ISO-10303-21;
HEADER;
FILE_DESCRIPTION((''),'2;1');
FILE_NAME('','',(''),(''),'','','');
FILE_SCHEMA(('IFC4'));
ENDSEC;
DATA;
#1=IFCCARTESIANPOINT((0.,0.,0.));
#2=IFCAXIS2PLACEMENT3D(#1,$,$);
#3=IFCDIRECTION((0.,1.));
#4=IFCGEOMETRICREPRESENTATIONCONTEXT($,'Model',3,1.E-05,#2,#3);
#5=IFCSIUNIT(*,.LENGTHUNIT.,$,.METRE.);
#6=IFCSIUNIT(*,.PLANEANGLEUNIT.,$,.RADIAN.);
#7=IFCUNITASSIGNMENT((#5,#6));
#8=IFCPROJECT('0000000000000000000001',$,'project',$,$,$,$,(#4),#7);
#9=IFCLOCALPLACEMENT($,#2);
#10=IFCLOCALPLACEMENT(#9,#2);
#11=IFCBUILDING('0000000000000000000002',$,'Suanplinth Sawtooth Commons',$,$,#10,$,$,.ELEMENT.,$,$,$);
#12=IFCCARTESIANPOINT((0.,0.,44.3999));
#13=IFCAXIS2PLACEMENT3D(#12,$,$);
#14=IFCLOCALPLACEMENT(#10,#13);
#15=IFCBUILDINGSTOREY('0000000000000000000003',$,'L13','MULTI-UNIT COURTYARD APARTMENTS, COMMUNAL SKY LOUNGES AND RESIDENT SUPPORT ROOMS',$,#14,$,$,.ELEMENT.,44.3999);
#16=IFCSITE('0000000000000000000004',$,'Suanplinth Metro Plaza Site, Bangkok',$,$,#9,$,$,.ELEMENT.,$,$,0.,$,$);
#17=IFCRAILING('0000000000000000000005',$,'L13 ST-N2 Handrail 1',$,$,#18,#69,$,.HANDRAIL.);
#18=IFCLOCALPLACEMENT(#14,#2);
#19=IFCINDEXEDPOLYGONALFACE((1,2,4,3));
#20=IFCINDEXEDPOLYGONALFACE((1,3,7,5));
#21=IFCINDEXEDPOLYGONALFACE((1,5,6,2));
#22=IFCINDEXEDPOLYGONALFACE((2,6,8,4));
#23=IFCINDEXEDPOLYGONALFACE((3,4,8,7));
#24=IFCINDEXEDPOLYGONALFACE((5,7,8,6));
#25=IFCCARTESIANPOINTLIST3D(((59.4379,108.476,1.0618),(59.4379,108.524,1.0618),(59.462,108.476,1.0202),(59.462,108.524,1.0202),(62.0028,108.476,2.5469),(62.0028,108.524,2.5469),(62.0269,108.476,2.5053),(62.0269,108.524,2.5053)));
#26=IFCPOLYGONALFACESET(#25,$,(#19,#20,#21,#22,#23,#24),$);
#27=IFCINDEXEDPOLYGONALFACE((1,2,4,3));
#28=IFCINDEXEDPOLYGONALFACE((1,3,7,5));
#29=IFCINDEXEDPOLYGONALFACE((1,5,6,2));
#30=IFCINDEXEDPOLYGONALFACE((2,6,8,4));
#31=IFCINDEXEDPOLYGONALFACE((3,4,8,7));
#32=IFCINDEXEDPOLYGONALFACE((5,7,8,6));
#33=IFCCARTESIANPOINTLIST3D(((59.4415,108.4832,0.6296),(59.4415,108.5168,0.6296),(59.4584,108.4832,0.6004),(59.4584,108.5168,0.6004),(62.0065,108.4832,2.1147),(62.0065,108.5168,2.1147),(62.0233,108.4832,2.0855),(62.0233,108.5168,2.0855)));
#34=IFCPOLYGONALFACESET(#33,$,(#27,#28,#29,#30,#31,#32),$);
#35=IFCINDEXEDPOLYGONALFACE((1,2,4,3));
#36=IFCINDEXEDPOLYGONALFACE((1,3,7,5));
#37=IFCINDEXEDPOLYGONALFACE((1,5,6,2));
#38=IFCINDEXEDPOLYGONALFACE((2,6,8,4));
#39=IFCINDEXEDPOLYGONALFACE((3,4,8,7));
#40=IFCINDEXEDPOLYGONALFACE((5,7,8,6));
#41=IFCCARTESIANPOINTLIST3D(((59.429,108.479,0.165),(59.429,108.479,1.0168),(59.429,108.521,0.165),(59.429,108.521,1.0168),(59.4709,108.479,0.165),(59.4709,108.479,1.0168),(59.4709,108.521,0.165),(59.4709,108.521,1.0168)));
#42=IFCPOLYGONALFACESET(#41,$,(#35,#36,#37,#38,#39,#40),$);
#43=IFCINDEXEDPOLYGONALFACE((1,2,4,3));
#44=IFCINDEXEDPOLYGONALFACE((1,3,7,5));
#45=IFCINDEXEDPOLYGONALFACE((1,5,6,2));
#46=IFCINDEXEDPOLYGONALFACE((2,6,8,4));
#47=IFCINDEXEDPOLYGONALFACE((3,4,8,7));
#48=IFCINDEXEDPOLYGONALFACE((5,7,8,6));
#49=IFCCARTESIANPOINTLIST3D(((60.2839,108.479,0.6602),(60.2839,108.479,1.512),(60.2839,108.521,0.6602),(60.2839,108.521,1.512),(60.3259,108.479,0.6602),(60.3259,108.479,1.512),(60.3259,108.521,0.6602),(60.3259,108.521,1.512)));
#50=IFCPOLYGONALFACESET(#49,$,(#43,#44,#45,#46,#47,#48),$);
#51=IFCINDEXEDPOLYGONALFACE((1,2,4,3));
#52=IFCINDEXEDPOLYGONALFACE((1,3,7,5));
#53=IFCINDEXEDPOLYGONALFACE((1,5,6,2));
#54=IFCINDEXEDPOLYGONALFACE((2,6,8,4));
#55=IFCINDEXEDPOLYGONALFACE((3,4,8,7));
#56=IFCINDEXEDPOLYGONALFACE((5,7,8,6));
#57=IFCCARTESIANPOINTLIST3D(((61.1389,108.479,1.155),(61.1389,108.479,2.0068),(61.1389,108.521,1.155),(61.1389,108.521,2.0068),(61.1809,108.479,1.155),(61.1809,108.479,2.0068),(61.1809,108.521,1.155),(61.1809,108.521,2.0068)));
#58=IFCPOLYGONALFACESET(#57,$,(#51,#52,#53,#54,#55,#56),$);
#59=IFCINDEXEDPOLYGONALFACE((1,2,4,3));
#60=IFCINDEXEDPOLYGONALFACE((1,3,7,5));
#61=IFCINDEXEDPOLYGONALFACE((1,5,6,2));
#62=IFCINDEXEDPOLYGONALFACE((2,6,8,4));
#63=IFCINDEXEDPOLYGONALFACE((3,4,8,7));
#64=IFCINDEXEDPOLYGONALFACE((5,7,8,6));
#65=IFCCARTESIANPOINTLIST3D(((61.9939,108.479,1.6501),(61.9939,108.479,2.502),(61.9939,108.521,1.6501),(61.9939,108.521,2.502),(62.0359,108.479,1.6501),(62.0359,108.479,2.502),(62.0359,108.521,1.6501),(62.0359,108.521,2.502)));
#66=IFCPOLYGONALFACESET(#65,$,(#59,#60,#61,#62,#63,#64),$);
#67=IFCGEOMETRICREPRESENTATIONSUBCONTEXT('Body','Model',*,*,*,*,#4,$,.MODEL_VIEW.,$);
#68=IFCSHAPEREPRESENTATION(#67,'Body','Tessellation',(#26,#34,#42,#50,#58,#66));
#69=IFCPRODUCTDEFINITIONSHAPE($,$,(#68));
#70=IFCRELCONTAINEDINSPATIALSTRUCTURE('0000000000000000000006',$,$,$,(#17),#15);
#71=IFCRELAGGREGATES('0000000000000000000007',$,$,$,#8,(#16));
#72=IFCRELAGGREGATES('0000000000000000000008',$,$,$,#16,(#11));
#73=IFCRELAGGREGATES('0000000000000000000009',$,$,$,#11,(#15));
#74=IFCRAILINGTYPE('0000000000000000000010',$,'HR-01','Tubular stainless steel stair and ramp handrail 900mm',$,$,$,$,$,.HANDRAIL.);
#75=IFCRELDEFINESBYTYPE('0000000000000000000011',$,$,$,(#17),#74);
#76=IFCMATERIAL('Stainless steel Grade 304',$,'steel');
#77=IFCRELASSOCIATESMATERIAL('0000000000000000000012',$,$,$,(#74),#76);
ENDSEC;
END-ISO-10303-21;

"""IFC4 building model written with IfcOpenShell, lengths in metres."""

from ifc_helpers import new_model, si_unit, direction, frame, origin, origin_2d, place, context, subcontext, project, spatial, rectangle, extrude, material, type_object, element, save


model = new_model("IFC4")

# Units and contexts
model_context = context("Model", 3, precision=1e-05, world=origin(), true_north=direction((0.0, 1.0)))
body_context = subcontext(model_context, "Body", "Model", "MODEL_VIEW")
ifc_project = project(units=[si_unit("LENGTHUNIT", "METRE"), si_unit("PLANEANGLEUNIT", "RADIAN")], contexts=[model_context])

# Site, building, storey
site_placement = place(None, origin())
site = spatial("IfcSite", under=ifc_project, at=site_placement, Name="Suanplinth Metro Plaza Site, Bangkok", CompositionType="ELEMENT", RefElevation=0.0)
building_placement = place(site_placement, origin())
building = spatial("IfcBuilding", under=site, at=building_placement, Name="Suanplinth Sawtooth Commons", CompositionType="ELEMENT")
storey_placement = place(building_placement, frame((0.0, 0.0, 44.3999)))
storey = spatial("IfcBuildingStorey", under=building, at=storey_placement, Name="L13", Description="MULTI-UNIT COURTYARD APARTMENTS, COMMUNAL SKY LOUNGES AND RESIDENT SUPPORT ROOMS", CompositionType="ELEMENT", Elevation=44.3999)

# Shared definitions
ifc_material_1 = material(Name="Stainless steel Grade 304", Category="steel")

# Railing
railing_type_1 = type_object("IfcRailingType", Name="HR-01", Description="Tubular stainless steel stair and ramp handrail 900mm", PredefinedType="HANDRAIL", material=ifc_material_1)
railing_1_placement = place(storey_placement, frame((59.45, 108.5, 0.165)))
element("IfcRailing", 1, at=railing_1_placement, inside=storey, type_object=railing_type_1, Name="L13 ST-N2 Handrail 1", PredefinedType="HANDRAIL", context=body_context, shape_type="SweptSolid", body=[
    extrude(rectangle(XDim=0.0481, YDim=0.0481, at=origin_2d()), frame((0.0, 0.0, 0.876), z_axis=(0.865406, 0.0, 0.501072), x_axis=(0.0, 1.0, 0.0)), (0.0, 0.0, 1.0), 2.9639),
    extrude(rectangle(XDim=0.0337, YDim=0.0337, at=origin_2d()), frame((0.0, 0.0, 0.45), z_axis=(0.865406, 0.0, 0.501072), x_axis=(0.0, 1.0, 0.0)), (0.0, 0.0, 1.0), 2.9639),
    extrude(rectangle(XDim=0.042, YDim=0.042, at=origin_2d()), origin(), (0.0, 0.0, 1.0), 0.8518),
    extrude(rectangle(XDim=0.042, YDim=0.042, at=origin_2d()), frame((0.855, 0.0, 0.4951)), (0.0, 0.0, 1.0), 0.8518),
    extrude(rectangle(XDim=0.042, YDim=0.042, at=origin_2d()), frame((1.71, 0.0, 0.99)), (0.0, 0.0, 1.0), 0.8518),
    extrude(rectangle(XDim=0.042, YDim=0.042, at=origin_2d()), frame((2.5649, 0.0, 1.4851)), (0.0, 0.0, 1.0), 0.8518),
])

save(model, "model.ifc")
